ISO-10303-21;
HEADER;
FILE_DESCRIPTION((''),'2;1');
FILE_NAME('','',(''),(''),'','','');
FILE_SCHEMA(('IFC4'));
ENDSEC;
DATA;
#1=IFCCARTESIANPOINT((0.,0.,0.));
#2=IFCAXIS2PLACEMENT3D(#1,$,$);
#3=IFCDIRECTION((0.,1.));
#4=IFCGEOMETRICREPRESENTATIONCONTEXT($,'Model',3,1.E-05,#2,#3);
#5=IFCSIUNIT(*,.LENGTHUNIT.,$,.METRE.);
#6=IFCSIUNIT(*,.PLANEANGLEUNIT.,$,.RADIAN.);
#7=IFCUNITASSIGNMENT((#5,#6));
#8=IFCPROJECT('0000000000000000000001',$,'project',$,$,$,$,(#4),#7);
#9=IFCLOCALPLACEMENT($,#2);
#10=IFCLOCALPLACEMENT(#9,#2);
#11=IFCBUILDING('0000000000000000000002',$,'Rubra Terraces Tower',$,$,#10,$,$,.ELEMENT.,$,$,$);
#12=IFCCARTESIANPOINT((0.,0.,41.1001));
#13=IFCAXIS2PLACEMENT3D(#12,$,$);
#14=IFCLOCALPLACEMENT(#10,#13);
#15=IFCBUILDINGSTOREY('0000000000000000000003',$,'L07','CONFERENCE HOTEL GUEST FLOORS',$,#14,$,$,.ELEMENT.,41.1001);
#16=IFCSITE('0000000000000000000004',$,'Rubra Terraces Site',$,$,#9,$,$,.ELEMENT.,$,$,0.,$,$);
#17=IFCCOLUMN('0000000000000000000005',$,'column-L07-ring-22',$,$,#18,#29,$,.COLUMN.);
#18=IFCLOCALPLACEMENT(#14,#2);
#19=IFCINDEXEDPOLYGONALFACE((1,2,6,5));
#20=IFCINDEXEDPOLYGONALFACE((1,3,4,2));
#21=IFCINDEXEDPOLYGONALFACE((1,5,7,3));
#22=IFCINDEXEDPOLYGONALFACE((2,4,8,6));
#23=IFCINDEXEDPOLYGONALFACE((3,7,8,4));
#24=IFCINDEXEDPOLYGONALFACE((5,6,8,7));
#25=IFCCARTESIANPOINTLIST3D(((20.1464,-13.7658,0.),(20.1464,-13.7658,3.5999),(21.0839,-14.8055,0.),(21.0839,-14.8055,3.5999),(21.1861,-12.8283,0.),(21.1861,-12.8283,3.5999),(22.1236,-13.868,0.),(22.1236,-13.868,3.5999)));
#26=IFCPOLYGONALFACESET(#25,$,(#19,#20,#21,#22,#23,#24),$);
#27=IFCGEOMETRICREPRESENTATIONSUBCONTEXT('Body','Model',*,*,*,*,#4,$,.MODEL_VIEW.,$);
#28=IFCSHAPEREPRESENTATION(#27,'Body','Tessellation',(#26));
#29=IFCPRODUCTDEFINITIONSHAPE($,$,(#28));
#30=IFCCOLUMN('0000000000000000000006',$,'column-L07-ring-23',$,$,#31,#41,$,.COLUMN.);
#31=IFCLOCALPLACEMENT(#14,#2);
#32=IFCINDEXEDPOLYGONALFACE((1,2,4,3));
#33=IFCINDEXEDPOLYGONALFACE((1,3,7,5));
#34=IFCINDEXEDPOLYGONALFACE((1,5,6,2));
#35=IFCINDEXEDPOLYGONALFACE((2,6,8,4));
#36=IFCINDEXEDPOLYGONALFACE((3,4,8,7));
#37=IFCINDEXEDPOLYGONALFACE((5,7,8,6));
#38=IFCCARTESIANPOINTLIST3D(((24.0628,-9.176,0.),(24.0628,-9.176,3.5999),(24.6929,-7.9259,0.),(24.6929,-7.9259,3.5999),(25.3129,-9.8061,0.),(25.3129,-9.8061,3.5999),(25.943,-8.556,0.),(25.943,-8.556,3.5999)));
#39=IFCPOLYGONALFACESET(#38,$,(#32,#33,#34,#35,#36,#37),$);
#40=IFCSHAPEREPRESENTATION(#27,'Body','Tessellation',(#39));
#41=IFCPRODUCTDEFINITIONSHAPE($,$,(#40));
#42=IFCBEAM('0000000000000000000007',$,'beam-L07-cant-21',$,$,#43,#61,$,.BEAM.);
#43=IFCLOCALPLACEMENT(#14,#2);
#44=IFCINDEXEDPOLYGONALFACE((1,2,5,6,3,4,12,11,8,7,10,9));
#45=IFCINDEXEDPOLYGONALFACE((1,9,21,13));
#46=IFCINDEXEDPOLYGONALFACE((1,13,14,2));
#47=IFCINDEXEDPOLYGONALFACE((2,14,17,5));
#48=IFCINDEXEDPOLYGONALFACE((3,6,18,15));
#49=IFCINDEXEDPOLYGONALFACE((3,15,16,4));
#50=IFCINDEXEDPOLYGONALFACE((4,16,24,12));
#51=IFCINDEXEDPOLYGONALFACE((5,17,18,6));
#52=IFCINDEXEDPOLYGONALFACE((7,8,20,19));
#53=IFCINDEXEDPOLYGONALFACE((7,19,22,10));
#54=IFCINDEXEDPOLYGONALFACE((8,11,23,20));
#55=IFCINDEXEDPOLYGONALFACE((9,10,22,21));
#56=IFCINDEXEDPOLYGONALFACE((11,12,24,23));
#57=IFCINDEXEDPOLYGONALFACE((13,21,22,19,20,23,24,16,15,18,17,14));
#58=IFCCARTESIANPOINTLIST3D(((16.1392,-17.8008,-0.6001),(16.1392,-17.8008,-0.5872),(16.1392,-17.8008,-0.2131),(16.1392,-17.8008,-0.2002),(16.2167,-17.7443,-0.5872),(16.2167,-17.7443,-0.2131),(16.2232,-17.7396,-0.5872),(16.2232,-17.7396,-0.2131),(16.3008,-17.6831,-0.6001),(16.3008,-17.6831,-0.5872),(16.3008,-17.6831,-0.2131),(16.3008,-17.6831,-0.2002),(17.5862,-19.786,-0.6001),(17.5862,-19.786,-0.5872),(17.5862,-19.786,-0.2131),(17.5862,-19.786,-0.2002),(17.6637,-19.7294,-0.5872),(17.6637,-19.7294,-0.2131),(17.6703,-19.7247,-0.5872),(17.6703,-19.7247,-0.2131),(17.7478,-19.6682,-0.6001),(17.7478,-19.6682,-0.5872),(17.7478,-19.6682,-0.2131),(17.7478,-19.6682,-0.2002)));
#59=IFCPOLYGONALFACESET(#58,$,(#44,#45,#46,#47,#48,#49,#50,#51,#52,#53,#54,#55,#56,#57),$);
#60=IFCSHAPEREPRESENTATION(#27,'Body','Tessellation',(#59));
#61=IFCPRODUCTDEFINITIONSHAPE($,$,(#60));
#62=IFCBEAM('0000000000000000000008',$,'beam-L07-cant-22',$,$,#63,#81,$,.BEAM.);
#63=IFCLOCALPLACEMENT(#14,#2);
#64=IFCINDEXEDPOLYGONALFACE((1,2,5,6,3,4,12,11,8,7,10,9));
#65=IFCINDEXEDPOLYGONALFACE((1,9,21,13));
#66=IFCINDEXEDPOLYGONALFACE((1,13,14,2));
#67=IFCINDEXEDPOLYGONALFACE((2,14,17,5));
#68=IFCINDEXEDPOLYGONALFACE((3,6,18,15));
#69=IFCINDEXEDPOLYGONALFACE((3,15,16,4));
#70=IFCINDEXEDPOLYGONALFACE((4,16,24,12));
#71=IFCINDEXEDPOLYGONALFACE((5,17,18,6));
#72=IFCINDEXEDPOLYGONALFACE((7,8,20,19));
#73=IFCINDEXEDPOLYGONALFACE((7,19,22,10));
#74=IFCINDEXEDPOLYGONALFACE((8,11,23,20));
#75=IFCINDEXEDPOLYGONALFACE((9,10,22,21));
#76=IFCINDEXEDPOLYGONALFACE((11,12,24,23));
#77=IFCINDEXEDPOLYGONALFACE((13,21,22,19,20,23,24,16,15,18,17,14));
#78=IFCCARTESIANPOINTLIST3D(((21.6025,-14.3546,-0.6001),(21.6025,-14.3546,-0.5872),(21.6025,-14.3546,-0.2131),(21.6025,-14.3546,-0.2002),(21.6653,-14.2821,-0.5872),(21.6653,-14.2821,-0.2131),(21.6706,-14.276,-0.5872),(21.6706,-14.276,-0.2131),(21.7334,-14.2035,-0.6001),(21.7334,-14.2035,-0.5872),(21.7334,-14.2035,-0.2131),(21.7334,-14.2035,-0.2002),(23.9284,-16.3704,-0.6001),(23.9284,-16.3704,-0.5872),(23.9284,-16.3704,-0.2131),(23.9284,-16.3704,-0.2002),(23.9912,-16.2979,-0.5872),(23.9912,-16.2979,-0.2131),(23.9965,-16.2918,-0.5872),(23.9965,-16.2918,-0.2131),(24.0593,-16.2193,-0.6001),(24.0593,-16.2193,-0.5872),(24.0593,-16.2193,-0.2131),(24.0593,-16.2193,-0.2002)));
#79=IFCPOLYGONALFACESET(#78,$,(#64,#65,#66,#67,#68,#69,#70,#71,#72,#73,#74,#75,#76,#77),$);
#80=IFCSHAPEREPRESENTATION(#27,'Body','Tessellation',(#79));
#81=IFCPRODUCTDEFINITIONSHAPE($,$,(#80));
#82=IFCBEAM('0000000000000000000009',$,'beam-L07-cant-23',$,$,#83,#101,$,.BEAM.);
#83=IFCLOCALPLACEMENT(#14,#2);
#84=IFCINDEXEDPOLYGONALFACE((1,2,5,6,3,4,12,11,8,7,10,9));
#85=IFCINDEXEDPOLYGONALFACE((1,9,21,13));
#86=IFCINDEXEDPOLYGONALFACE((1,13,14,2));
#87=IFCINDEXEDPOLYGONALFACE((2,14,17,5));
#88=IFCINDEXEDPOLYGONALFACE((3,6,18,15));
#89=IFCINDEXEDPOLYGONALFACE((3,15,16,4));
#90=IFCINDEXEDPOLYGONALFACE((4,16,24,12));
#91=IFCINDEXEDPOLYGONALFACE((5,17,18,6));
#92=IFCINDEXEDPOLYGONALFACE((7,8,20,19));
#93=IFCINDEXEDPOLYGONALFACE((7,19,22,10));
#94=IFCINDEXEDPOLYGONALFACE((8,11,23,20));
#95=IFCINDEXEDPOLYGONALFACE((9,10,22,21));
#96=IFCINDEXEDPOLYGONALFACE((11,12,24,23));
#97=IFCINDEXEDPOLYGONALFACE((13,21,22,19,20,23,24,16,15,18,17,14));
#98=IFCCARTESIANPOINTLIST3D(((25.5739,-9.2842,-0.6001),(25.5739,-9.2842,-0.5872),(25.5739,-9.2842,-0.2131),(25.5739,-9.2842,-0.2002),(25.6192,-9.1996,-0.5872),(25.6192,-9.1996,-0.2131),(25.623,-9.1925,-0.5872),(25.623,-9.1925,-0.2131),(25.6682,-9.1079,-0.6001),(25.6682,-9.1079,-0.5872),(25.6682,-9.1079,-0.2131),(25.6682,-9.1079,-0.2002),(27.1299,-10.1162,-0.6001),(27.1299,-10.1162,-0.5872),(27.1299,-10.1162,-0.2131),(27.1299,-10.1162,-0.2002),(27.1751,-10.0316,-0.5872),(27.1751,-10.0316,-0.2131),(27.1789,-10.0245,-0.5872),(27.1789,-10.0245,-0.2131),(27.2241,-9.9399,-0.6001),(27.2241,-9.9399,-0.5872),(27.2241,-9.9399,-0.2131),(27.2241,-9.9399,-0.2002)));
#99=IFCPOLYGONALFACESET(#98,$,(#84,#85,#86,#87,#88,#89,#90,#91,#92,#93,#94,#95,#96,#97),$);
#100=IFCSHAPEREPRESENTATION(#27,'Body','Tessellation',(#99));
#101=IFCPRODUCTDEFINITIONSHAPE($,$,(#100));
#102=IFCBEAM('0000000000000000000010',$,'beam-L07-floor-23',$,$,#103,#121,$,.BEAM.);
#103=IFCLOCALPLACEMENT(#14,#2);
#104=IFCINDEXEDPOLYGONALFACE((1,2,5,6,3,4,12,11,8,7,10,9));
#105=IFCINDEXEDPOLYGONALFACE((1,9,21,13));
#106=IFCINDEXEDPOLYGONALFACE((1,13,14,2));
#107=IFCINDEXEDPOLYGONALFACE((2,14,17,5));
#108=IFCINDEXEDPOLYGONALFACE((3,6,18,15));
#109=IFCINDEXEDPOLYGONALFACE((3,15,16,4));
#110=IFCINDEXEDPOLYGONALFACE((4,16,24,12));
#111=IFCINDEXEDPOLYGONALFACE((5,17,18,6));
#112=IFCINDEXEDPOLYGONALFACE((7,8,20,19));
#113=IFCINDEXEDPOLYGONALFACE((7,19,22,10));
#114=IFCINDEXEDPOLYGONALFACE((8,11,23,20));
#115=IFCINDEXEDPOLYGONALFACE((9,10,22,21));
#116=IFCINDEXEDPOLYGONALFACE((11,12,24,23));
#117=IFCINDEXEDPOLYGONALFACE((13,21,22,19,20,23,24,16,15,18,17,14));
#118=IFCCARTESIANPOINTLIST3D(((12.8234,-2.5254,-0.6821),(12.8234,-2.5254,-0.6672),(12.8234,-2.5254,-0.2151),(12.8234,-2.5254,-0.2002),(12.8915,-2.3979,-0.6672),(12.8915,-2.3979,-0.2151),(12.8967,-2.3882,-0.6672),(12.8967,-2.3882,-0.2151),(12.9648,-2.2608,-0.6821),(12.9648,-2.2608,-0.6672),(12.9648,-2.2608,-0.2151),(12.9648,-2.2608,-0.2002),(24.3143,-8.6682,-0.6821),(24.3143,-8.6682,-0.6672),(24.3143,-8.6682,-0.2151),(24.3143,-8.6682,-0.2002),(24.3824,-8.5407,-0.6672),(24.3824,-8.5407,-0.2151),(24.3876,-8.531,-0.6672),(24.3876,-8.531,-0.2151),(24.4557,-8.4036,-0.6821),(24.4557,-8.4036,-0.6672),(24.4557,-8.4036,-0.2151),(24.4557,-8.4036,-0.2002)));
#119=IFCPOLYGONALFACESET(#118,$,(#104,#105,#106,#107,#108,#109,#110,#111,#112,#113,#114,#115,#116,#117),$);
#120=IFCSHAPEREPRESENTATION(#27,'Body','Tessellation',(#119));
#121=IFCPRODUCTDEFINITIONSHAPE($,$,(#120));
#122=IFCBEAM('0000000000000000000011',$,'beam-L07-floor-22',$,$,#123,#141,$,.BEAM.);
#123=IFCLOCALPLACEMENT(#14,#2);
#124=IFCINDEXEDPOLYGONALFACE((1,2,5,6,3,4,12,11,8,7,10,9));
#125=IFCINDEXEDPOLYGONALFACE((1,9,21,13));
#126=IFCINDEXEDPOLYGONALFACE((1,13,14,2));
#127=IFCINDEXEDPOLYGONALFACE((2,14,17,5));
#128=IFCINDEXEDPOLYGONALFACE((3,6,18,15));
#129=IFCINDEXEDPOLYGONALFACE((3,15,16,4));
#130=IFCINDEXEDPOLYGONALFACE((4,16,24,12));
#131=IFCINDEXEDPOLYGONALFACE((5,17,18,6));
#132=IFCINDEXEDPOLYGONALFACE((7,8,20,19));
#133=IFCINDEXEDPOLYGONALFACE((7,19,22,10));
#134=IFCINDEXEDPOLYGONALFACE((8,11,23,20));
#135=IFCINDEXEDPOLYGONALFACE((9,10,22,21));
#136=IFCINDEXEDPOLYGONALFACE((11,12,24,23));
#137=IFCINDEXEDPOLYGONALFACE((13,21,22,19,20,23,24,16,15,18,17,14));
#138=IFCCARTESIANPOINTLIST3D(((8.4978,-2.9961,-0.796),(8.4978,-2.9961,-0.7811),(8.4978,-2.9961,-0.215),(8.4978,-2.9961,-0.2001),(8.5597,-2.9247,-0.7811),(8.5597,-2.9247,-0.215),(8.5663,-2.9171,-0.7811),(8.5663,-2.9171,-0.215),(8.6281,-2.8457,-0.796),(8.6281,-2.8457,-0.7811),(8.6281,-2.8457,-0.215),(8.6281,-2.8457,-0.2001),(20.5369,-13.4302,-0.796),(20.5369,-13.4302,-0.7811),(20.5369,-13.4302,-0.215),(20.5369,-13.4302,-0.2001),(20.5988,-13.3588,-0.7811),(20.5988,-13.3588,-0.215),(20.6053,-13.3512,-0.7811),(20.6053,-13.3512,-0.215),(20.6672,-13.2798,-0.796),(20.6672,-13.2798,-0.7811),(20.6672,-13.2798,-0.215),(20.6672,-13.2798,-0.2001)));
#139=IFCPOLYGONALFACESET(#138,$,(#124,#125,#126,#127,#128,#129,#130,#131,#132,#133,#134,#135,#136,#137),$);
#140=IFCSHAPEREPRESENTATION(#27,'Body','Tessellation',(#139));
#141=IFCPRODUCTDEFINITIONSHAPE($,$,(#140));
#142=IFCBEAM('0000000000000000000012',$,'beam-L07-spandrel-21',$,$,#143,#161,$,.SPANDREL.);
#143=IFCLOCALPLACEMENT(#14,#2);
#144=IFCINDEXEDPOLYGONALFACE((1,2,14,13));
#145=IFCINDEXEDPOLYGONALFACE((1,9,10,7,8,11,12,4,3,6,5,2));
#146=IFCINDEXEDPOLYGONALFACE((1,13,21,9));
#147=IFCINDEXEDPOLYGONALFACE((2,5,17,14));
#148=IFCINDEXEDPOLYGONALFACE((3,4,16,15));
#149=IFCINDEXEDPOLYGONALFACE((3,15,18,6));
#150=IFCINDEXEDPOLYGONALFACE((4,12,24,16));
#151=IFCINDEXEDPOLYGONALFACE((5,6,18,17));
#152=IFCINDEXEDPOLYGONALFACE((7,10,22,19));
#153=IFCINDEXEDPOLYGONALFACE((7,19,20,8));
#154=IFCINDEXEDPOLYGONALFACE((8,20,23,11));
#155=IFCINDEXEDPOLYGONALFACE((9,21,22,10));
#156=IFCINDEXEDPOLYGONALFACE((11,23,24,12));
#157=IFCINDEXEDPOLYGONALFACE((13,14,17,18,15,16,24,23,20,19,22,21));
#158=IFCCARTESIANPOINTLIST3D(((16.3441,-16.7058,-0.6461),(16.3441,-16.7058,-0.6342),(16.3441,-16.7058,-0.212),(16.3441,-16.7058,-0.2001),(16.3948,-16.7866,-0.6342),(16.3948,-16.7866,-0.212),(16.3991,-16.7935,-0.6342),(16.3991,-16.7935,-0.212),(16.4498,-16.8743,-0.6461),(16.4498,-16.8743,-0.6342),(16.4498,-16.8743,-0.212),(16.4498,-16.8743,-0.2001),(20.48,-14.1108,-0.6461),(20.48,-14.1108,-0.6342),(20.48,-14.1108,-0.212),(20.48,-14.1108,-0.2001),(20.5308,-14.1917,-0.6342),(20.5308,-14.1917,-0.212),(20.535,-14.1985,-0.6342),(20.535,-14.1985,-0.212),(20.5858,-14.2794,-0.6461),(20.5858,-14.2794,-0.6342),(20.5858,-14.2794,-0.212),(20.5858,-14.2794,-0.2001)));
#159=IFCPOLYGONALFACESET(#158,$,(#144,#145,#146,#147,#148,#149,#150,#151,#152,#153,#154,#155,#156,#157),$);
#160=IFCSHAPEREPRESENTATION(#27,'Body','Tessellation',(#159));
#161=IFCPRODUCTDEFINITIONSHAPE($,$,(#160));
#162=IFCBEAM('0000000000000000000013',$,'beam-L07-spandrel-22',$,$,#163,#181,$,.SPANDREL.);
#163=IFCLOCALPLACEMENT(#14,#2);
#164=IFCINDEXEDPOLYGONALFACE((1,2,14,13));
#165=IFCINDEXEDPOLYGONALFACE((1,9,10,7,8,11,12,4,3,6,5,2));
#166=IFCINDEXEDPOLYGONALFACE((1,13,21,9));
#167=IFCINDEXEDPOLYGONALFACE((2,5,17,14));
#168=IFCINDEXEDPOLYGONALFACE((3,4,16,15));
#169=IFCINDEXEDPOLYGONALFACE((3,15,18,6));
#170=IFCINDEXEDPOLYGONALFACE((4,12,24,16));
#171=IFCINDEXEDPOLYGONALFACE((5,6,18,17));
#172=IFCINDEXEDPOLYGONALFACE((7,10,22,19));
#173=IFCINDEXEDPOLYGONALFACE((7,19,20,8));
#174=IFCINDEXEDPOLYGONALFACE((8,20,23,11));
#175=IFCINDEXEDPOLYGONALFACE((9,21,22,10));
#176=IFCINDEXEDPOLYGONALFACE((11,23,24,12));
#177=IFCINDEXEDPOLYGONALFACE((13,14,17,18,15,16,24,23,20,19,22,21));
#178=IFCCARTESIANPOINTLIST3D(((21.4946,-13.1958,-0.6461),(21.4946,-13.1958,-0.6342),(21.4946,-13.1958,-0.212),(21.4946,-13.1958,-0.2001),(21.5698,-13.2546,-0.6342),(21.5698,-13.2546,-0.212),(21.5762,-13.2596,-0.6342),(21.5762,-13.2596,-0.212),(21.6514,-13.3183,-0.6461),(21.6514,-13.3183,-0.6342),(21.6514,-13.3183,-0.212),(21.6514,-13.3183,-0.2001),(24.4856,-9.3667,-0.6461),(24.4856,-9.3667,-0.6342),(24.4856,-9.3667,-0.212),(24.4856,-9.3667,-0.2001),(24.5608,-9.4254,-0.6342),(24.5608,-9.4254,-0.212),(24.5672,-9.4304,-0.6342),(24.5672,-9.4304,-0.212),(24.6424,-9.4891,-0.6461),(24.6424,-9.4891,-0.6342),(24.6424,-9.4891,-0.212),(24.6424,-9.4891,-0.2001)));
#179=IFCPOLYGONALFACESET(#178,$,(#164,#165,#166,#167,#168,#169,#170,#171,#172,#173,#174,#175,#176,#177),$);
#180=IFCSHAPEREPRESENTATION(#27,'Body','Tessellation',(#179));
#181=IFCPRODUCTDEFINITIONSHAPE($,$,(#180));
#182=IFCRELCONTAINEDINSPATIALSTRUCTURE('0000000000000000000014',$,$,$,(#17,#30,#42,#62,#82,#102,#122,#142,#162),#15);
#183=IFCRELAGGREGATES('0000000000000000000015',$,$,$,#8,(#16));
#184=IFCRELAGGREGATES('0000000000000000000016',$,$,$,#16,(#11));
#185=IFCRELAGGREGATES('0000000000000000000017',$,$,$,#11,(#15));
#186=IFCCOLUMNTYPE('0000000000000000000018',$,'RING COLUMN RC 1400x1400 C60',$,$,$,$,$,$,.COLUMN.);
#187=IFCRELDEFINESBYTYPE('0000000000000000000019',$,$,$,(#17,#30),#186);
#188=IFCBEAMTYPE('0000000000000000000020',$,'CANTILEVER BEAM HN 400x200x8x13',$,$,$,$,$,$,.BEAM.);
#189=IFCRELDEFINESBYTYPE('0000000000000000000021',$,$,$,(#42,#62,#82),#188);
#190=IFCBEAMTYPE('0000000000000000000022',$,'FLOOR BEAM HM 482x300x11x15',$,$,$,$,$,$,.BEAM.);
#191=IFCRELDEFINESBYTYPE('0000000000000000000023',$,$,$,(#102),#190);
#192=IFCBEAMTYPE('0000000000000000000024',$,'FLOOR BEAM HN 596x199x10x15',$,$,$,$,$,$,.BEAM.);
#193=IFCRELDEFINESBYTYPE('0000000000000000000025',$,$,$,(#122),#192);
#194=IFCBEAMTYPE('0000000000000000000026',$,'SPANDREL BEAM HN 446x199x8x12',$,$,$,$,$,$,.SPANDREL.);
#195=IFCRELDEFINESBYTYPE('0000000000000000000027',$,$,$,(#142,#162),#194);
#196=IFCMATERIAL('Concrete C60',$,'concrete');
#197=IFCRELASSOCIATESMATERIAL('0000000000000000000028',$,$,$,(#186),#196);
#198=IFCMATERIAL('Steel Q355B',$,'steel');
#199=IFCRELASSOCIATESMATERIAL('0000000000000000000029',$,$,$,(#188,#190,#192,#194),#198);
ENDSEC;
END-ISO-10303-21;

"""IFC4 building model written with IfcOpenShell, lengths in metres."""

from ifc_helpers import new_model, si_unit, direction, frame, origin, origin_2d, place, context, subcontext, project, spatial, rectangle, i_section, extrude, material, material_profile, profile_set, type_object, element, save


model = new_model("IFC4")

# Units and contexts
model_context = context("Model", 3, precision=1e-05, world=origin(), true_north=direction((0.0, 1.0)))
body_context = subcontext(model_context, "Body", "Model", "MODEL_VIEW")
ifc_project = project(units=[si_unit("LENGTHUNIT", "METRE"), si_unit("PLANEANGLEUNIT", "RADIAN")], contexts=[model_context])

# Site, building, storey
site_placement = place(None, origin())
site = spatial("IfcSite", under=ifc_project, at=site_placement, Name="Rubra Terraces Site", CompositionType="ELEMENT", RefElevation=0.0)
building_placement = place(site_placement, origin())
building = spatial("IfcBuilding", under=site, at=building_placement, Name="Rubra Terraces Tower", CompositionType="ELEMENT")
storey_placement = place(building_placement, frame((0.0, 0.0, 41.1001)))
storey = spatial("IfcBuildingStorey", under=building, at=storey_placement, Name="L07", Description="CONFERENCE HOTEL GUEST FLOORS", CompositionType="ELEMENT", Elevation=41.1001)

# Columns
ifc_material_1 = material(Name="Concrete C60", Category="concrete")
ifc_material_profile_1 = material_profile(ifc_material_1, rectangle(XDim=1.3999, YDim=1.3999, at=origin_2d()), Name="RC 1400x1400")
ifc_profile_set_1 = profile_set([ifc_material_profile_1], Name="Concrete C60")
column_type = type_object("IfcColumnType", Name="RING COLUMN RC 1400x1400 C60", PredefinedType="COLUMN", material=ifc_profile_set_1)
for number, where, z_axis, x_axis, name in (
    (1, (21.135, -13.8169, 0.0), (0.0, 0.0, 1.0), (0.742676, 0.669651, 0.0), "column-L07-ring-22"),
    (2, (25.0029, -8.866, 0.0), (0.0, 0.0, 1.0), (0.450099, 0.892979, 0.0), "column-L07-ring-23"),
):
    element("IfcColumn", number, at=place(storey_placement, frame(where, z_axis=z_axis, x_axis=x_axis)), inside=storey, type_object=column_type, Name=name, PredefinedType="COLUMN", context=body_context, shape_type="SweptSolid", body=[
        extrude(rectangle(XDim=1.3999, YDim=1.3999, at=origin_2d()), origin(), (0.0, 0.0, 1.0), 3.5999),
    ])

# Beams
ifc_material_2 = material(Name="Steel Q355B", Category="steel")
ifc_material_profile_2 = material_profile(ifc_material_2, i_section(OverallWidth=0.2, OverallDepth=0.3999, WebThickness=0.0081, FlangeThickness=0.0129, at=origin_2d()), Name="HN 400x200x8x13")
ifc_profile_set_2 = profile_set([ifc_material_profile_2], Name="Steel Q355B")
beam_type_1 = type_object("IfcBeamType", Name="CANTILEVER BEAM HN 400x200x8x13", PredefinedType="BEAM", material=ifc_profile_set_2)
beam_1_placement = place(storey_placement, frame((16.22, -17.7419, -0.4001), z_axis=(0.589052, -0.808095, 0.0), x_axis=(0.808095, 0.589052, 0.0)))
element("IfcBeam", 3, at=beam_1_placement, inside=storey, type_object=beam_type_1, Name="beam-L07-cant-21", PredefinedType="BEAM", context=body_context, shape_type="SweptSolid", body=[
    extrude(i_section(OverallWidth=0.2, OverallDepth=0.3999, WebThickness=0.0081, FlangeThickness=0.0129, at=origin_2d()), origin(), (0.0, 0.0, 1.0), 2.4565),
])
beam_2_placement = place(storey_placement, frame((21.668, -14.2791, -0.4001), z_axis=(0.755679, -0.654943, 0.0), x_axis=(0.654943, 0.755679, 0.0)))
element("IfcBeam", 4, at=beam_2_placement, inside=storey, type_object=beam_type_1, Name="beam-L07-cant-22", PredefinedType="BEAM", context=body_context, shape_type="SweptSolid", body=[
    extrude(i_section(OverallWidth=0.2, OverallDepth=0.3999, WebThickness=0.0081, FlangeThickness=0.0129, at=origin_2d()), origin(), (0.0, 0.0, 1.0), 3.0779),
])
beam_3_placement = place(storey_placement, frame((25.6211, -9.196, -0.4001), z_axis=(0.881831, -0.471565, 0.0), x_axis=(0.471565, 0.881831, 0.0)))
element("IfcBeam", 5, at=beam_3_placement, inside=storey, type_object=beam_type_1, Name="beam-L07-cant-23", PredefinedType="BEAM", context=body_context, shape_type="SweptSolid", body=[
    extrude(i_section(OverallWidth=0.2, OverallDepth=0.3999, WebThickness=0.0081, FlangeThickness=0.0129, at=origin_2d()), origin(), (0.0, 0.0, 1.0), 1.7644),
])
ifc_material_profile_3 = material_profile(ifc_material_2, i_section(OverallWidth=0.3, OverallDepth=0.4819, WebThickness=0.011, FlangeThickness=0.0149, at=origin_2d()), Name="HM 482x300x11x15")
ifc_profile_set_3 = profile_set([ifc_material_profile_3], Name="Steel Q355B")
beam_type_2 = type_object("IfcBeamType", Name="FLOOR BEAM HM 482x300x11x15", PredefinedType="BEAM", material=ifc_profile_set_3)
beam_4_placement = place(storey_placement, frame((24.385, -8.5359, -0.4412), z_axis=(-0.881897, 0.471443, 0.0), x_axis=(-0.471443, -0.881897, 0.0)))
element("IfcBeam", 6, at=beam_4_placement, inside=storey, type_object=beam_type_2, Name="beam-L07-floor-23", PredefinedType="BEAM", context=body_context, shape_type="SweptSolid", body=[
    extrude(i_section(OverallWidth=0.3, OverallDepth=0.4819, WebThickness=0.011, FlangeThickness=0.0149, at=origin_2d()), origin(), (0.0, 0.0, 1.0), 13.0298),
])
ifc_material_profile_4 = material_profile(ifc_material_2, i_section(OverallWidth=0.199, OverallDepth=0.5959, WebThickness=0.01, FlangeThickness=0.0149, at=origin_2d()), Name="HN 596x199x10x15")
ifc_profile_set_4 = profile_set([ifc_material_profile_4], Name="Steel Q355B")
beam_type_3 = type_object("IfcBeamType", Name="FLOOR BEAM HN 596x199x10x15", PredefinedType="BEAM", material=ifc_profile_set_4)
beam_5_placement = place(storey_placement, frame((20.6021, -13.355, -0.498), z_axis=(-0.755682, 0.654939, 0.0), x_axis=(-0.654939, -0.755682, 0.0)))
element("IfcBeam", 7, at=beam_5_placement, inside=storey, type_object=beam_type_3, Name="beam-L07-floor-22", PredefinedType="BEAM", context=body_context, shape_type="SweptSolid", body=[
    extrude(i_section(OverallWidth=0.199, OverallDepth=0.5959, WebThickness=0.01, FlangeThickness=0.0149, at=origin_2d()), origin(), (0.0, 0.0, 1.0), 15.9314),
])
ifc_material_profile_5 = material_profile(ifc_material_2, i_section(OverallWidth=0.199, OverallDepth=0.446, WebThickness=0.0081, FlangeThickness=0.012, at=origin_2d()), Name="HN 446x199x8x12")
ifc_profile_set_5 = profile_set([ifc_material_profile_5], Name="Steel Q355B")
beam_type_4 = type_object("IfcBeamType", Name="SPANDREL BEAM HN 446x199x8x12", PredefinedType="SPANDREL", material=ifc_profile_set_5)
beam_6_placement = place(storey_placement, frame((16.397, -16.79, -0.4231), z_axis=(0.847078, 0.531468, 0.0), x_axis=(-0.531468, 0.847078, 0.0)))
element("IfcBeam", 8, at=beam_6_placement, inside=storey, type_object=beam_type_4, Name="beam-L07-spandrel-21", PredefinedType="SPANDREL", context=body_context, shape_type="SweptSolid", body=[
    extrude(i_section(OverallWidth=0.199, OverallDepth=0.446, WebThickness=0.0081, FlangeThickness=0.012, at=origin_2d()), origin(), (0.0, 0.0, 1.0), 4.8826),
])
beam_7_placement = place(storey_placement, frame((21.573, -13.2571, -0.4231), z_axis=(0.615578, 0.788076, 0.0), x_axis=(-0.788076, 0.615578, 0.0)))
element("IfcBeam", 9, at=beam_7_placement, inside=storey, type_object=beam_type_4, Name="beam-L07-spandrel-22", PredefinedType="SPANDREL", context=body_context, shape_type="SweptSolid", body=[
    extrude(i_section(OverallWidth=0.199, OverallDepth=0.446, WebThickness=0.0081, FlangeThickness=0.012, at=origin_2d()), origin(), (0.0, 0.0, 1.0), 4.8589),
])

save(model, "model.ifc")
